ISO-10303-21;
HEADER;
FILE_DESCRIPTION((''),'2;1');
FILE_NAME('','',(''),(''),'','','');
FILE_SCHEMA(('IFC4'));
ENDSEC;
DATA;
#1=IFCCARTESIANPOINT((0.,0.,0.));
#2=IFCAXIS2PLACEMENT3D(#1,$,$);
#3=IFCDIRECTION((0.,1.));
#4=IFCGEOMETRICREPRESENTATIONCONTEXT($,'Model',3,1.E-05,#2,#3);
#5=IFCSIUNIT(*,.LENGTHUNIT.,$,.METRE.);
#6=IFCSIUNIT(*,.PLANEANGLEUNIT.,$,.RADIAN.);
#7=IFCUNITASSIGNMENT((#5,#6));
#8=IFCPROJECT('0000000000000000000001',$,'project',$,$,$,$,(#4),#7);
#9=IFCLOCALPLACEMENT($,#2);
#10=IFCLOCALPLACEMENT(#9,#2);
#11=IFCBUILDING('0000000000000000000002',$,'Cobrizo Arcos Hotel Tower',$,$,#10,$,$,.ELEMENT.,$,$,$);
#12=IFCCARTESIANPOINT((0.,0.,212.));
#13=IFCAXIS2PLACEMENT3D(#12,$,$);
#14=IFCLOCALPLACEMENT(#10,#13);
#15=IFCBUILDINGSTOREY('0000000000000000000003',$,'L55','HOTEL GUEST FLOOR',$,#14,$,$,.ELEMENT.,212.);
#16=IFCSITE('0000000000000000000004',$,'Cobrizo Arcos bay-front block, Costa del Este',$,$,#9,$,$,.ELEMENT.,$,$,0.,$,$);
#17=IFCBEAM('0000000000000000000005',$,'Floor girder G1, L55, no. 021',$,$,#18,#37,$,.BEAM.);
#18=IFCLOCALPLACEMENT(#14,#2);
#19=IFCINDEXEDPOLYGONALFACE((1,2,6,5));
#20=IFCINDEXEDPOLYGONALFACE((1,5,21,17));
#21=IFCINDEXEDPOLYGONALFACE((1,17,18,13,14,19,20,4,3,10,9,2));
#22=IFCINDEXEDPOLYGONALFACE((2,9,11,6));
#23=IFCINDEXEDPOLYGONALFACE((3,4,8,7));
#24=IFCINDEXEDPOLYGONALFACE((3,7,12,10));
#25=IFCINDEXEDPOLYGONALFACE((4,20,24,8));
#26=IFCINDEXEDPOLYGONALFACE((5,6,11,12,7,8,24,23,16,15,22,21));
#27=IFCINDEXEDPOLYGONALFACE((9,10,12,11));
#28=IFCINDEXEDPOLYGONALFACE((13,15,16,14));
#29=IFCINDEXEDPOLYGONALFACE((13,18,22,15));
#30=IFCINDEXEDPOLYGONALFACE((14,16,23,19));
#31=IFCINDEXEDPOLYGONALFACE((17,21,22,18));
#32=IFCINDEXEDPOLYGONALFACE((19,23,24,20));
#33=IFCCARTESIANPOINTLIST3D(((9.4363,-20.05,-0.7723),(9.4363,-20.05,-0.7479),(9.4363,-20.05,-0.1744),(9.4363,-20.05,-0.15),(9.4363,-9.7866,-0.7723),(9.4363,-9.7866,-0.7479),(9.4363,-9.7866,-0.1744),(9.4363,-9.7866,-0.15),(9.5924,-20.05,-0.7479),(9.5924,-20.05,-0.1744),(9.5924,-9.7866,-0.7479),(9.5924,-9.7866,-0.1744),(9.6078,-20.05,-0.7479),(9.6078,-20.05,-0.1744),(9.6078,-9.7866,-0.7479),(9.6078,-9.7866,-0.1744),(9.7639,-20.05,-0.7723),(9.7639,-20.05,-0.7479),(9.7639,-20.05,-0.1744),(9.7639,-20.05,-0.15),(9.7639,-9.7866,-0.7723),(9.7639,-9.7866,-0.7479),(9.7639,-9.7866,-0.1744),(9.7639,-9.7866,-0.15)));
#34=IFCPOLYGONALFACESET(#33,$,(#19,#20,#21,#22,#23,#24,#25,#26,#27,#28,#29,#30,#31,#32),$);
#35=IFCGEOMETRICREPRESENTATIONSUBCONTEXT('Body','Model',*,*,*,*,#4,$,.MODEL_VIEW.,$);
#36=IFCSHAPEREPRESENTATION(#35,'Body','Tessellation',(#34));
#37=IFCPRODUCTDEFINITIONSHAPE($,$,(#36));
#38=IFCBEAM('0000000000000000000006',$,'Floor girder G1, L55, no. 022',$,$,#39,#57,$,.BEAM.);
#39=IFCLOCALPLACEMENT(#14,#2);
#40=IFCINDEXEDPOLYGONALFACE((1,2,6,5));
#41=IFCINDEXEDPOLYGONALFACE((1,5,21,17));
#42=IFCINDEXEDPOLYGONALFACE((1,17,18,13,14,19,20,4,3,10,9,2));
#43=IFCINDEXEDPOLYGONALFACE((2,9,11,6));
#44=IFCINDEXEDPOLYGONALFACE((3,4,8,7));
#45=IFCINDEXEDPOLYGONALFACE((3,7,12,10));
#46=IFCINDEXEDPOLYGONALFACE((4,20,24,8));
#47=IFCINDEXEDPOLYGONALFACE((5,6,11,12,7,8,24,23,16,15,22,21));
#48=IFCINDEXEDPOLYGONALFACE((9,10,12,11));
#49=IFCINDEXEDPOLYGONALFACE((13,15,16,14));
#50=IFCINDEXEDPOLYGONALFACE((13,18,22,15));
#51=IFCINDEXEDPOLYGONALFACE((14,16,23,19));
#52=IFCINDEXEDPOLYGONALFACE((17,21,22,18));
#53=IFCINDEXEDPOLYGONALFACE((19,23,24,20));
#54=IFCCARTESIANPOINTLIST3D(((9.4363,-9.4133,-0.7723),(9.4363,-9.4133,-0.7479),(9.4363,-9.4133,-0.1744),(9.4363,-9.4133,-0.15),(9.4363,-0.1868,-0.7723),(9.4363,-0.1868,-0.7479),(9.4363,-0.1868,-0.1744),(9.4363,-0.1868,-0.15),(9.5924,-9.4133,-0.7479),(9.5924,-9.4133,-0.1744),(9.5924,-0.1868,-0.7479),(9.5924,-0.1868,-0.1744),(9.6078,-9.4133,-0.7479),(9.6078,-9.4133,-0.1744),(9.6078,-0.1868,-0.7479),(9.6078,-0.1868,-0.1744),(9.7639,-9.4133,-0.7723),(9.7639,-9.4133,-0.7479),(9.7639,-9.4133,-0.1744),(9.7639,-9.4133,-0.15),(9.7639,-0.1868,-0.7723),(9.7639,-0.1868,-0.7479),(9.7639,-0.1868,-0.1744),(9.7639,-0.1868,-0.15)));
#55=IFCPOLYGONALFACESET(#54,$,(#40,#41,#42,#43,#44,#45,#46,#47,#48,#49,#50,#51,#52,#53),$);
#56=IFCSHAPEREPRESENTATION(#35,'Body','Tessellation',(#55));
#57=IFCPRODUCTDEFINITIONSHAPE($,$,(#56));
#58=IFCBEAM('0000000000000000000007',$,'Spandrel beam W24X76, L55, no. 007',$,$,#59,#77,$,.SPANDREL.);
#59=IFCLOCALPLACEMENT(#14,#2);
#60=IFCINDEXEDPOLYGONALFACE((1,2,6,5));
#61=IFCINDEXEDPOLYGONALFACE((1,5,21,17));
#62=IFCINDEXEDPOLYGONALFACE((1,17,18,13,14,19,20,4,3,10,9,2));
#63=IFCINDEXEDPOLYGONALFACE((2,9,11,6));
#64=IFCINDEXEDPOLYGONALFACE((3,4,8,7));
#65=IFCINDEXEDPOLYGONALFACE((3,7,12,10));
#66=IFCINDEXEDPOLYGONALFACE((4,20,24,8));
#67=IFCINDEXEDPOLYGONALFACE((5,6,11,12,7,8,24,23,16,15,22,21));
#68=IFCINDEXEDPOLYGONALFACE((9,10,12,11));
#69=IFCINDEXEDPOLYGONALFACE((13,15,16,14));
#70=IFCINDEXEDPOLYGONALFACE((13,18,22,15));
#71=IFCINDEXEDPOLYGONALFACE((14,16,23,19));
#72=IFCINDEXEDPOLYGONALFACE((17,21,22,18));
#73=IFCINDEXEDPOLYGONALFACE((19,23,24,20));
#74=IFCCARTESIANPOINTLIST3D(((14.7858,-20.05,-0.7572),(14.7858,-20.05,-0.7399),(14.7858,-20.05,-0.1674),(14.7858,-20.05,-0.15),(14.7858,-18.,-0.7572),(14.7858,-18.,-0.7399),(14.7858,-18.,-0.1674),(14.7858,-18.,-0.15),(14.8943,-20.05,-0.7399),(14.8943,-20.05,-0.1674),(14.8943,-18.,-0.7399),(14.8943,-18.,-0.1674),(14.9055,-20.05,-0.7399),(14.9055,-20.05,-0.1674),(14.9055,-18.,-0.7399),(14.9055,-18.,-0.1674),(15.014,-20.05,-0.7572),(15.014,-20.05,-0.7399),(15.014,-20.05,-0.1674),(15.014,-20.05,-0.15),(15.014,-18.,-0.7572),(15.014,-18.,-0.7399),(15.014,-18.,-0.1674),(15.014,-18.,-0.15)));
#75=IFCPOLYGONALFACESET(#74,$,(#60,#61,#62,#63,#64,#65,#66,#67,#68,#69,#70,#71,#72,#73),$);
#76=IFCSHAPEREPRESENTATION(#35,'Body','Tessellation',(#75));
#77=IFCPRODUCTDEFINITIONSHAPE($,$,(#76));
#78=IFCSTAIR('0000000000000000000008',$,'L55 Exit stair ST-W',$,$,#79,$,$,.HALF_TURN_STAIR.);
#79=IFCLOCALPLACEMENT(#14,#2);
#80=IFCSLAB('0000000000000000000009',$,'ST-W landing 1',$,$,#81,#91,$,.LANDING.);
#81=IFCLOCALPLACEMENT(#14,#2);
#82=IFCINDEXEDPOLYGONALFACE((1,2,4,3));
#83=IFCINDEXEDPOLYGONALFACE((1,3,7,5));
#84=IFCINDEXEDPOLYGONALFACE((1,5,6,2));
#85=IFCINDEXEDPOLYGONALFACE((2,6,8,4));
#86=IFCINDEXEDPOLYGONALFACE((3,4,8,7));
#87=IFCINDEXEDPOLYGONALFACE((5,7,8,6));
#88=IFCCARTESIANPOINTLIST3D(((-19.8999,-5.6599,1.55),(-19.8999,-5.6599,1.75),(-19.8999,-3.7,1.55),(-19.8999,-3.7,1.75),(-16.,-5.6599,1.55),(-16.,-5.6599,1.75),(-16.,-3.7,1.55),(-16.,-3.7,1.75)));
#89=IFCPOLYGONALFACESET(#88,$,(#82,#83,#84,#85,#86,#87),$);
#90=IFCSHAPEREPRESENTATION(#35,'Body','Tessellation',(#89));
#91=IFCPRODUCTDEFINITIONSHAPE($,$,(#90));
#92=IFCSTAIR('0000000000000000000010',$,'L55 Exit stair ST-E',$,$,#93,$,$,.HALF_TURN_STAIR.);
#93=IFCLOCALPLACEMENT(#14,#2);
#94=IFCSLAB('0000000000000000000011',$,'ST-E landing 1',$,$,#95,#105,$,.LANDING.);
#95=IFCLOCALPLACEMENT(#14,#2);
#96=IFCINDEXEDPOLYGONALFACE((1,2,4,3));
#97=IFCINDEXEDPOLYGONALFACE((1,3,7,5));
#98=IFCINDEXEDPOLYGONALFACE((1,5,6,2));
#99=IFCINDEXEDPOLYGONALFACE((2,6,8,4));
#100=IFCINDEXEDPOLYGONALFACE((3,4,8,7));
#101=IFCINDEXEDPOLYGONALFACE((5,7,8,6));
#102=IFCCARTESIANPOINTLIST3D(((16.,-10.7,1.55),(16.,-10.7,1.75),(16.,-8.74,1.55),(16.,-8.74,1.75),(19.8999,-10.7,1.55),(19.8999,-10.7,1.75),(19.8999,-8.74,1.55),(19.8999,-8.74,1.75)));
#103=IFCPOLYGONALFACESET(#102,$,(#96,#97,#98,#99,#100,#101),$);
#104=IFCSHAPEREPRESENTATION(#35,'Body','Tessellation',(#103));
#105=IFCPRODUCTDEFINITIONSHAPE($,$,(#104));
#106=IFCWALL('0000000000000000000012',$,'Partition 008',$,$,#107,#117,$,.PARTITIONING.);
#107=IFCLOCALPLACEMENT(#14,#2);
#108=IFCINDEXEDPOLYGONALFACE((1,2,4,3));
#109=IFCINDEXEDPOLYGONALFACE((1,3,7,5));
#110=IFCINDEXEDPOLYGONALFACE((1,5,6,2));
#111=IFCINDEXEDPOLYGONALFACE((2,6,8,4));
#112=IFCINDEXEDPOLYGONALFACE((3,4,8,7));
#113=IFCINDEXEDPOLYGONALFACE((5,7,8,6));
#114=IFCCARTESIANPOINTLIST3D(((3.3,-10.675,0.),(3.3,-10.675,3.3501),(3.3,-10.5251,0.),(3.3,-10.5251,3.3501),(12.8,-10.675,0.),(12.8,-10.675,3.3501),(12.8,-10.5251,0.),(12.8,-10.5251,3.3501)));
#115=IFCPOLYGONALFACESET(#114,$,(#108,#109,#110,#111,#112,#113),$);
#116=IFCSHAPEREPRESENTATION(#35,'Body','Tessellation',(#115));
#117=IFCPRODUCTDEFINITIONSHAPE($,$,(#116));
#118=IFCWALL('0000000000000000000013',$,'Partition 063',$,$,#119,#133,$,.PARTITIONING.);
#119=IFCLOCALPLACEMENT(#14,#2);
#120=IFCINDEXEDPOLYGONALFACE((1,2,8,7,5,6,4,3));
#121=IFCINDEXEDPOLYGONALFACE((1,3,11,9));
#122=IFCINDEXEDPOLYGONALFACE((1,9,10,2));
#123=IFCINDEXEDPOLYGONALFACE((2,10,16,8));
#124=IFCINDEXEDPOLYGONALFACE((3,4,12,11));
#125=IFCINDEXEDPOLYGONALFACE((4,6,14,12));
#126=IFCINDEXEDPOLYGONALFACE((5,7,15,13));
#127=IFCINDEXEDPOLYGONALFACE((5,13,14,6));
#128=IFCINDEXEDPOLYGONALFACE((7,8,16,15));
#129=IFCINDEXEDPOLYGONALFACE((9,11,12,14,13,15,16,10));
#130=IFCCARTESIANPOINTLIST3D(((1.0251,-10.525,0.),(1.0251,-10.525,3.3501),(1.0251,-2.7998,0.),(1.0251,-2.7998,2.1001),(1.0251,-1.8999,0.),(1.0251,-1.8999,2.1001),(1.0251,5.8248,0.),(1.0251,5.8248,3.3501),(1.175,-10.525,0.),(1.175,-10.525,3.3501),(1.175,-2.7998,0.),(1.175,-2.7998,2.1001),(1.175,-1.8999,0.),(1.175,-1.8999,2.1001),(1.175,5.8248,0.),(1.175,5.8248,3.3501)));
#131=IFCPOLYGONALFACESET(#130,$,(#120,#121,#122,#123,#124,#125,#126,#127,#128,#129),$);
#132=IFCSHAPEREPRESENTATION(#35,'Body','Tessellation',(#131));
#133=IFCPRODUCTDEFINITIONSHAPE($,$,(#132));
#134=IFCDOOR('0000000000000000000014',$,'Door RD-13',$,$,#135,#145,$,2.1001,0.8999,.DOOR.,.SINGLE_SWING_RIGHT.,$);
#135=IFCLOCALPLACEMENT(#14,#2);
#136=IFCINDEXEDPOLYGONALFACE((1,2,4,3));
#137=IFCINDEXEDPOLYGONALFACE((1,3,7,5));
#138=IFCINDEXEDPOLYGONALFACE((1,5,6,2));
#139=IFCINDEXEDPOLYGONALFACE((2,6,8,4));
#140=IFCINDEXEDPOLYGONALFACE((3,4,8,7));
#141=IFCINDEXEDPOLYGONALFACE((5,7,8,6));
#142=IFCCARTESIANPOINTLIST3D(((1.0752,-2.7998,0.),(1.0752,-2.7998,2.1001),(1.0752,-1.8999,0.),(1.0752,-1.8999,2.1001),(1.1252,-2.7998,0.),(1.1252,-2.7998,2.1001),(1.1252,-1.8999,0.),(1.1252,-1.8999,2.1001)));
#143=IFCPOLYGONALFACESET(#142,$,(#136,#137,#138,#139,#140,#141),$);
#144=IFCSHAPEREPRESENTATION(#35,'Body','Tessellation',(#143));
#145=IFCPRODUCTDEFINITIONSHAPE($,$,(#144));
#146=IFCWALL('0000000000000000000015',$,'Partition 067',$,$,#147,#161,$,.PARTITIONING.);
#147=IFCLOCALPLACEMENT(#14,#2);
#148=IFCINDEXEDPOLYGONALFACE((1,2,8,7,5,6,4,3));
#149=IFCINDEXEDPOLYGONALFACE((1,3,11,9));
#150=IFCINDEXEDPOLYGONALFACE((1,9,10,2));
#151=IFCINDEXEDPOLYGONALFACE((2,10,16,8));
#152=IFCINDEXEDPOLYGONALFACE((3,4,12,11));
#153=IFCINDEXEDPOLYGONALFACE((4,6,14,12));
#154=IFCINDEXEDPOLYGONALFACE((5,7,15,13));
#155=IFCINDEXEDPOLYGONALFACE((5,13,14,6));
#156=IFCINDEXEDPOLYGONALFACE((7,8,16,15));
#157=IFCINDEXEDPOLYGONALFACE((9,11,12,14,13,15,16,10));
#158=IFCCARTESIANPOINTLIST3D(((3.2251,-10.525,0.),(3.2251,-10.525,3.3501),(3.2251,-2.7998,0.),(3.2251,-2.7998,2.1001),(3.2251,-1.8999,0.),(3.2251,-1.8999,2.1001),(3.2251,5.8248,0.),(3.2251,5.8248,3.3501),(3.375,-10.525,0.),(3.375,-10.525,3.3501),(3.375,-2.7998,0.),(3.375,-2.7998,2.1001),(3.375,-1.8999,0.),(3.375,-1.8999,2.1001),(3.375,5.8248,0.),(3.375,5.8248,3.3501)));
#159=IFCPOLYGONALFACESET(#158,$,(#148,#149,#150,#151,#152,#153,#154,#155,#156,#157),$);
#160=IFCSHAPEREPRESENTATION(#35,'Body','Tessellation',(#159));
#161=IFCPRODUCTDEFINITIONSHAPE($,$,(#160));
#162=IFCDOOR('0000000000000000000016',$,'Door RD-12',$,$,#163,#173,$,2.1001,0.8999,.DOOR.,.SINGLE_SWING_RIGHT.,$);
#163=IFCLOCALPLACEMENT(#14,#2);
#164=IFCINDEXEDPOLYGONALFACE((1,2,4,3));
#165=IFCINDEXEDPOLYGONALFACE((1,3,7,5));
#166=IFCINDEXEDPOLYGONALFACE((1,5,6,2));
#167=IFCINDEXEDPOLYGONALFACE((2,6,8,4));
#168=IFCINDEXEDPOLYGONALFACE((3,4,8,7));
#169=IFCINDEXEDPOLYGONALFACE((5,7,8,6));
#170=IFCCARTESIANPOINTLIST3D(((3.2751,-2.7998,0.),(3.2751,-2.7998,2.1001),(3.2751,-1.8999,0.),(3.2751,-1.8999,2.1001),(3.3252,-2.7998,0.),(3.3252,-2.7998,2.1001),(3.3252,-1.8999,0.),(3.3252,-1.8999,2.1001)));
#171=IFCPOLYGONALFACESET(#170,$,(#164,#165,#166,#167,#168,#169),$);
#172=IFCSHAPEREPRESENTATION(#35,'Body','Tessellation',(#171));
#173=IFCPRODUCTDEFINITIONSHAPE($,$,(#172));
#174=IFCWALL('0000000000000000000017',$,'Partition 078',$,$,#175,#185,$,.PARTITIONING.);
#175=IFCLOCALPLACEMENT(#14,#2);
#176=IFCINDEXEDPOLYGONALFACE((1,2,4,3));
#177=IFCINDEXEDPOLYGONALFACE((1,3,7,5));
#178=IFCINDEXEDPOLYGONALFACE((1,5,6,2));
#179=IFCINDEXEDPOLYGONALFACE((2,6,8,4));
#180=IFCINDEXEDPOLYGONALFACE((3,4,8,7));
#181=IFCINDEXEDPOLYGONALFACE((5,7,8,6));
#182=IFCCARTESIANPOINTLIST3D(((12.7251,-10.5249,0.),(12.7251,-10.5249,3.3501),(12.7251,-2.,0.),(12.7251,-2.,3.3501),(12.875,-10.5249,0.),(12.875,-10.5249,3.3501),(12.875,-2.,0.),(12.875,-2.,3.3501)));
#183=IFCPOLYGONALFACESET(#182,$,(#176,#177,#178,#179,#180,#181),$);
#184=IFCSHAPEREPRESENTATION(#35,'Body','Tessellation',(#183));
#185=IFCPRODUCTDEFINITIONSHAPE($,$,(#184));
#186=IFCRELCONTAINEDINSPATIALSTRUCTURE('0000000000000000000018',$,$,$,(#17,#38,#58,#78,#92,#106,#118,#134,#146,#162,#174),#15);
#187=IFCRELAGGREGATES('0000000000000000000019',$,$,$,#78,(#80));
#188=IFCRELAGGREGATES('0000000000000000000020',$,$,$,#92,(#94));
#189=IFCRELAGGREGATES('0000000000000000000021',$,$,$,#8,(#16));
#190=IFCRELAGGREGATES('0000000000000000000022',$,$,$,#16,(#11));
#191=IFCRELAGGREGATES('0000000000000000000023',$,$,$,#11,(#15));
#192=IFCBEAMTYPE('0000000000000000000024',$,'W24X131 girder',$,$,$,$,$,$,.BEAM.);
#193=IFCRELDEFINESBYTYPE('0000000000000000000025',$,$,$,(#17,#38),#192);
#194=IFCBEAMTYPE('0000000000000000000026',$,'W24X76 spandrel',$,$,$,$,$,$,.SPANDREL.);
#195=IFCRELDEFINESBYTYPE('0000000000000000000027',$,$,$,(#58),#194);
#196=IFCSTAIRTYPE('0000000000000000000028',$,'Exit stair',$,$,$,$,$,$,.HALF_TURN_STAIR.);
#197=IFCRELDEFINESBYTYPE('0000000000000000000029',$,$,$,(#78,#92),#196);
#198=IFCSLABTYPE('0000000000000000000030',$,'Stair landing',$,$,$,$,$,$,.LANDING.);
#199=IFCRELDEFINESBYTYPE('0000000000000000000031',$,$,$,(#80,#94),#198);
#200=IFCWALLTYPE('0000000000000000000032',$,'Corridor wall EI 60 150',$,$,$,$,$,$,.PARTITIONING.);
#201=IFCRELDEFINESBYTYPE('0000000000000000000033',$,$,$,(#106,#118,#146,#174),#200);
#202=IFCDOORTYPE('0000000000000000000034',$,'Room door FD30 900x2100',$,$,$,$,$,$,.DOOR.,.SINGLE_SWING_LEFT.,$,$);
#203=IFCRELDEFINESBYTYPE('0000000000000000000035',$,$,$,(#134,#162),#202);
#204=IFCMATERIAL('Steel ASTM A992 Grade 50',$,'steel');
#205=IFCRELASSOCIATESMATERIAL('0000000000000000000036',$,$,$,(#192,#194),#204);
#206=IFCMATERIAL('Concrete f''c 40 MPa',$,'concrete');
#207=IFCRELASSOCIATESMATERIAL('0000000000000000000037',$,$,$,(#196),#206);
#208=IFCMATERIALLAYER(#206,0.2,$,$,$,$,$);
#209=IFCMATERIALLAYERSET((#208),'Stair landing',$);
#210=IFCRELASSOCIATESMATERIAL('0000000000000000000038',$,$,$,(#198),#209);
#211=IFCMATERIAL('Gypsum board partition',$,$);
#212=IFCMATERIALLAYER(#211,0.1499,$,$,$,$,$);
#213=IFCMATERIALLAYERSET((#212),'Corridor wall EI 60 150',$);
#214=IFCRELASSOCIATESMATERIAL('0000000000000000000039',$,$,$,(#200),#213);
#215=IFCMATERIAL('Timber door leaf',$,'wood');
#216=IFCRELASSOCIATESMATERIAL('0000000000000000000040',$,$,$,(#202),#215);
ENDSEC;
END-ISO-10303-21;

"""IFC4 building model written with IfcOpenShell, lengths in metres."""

from ifc_helpers import new_model, si_unit, direction, frame, frame_2d, origin, origin_2d, place, context, subcontext, project, spatial, polyline, rectangle, i_section, outline, extrude, material, layer, layer_set, material_profile, profile_set, type_object, element, fill, aggregate, save


model = new_model("IFC4")

# Units and contexts
model_context = context("Model", 3, precision=1e-05, world=origin(), true_north=direction((0.0, 1.0)))
body_context = subcontext(model_context, "Body", "Model", "MODEL_VIEW")
ifc_project = project(units=[si_unit("LENGTHUNIT", "METRE"), si_unit("PLANEANGLEUNIT", "RADIAN")], contexts=[model_context])

# Site, building, storey
site_placement = place(None, origin())
site = spatial("IfcSite", under=ifc_project, at=site_placement, Name="Cobrizo Arcos bay-front block, Costa del Este", CompositionType="ELEMENT", RefElevation=0.0)
building_placement = place(site_placement, origin())
building = spatial("IfcBuilding", under=site, at=building_placement, Name="Cobrizo Arcos Hotel Tower", CompositionType="ELEMENT")
storey_placement = place(building_placement, frame((0.0, 0.0, 212.0)))
storey = spatial("IfcBuildingStorey", under=building, at=storey_placement, Name="L55", Description="HOTEL GUEST FLOOR", CompositionType="ELEMENT", Elevation=212.0)

# Shared definitions
ifc_material_1 = material(Name="Steel ASTM A992 Grade 50", Category="steel")

# Beams
ifc_material_profile_1 = material_profile(ifc_material_1, i_section(OverallWidth=0.3276, OverallDepth=0.6223, WebThickness=0.0154, FlangeThickness=0.0244, at=origin_2d()), Name="W24X131")
ifc_profile_set_1 = profile_set([ifc_material_profile_1], Name="Steel ASTM A992 Grade 50")
beam_type_1 = type_object("IfcBeamType", Name="W24X131 girder", PredefinedType="BEAM", material=ifc_profile_set_1)
beam_1_placement = place(storey_placement, frame((9.6001, -20.05, -0.4612), z_axis=(0.0, 1.0, 0.0), x_axis=(-1.0, 0.0, 0.0)))
element("IfcBeam", 1, at=beam_1_placement, inside=storey, type_object=beam_type_1, Name="Floor girder G1, L55, no. 021", PredefinedType="BEAM", context=body_context, shape_type="SweptSolid", body=[
    extrude(i_section(OverallWidth=0.3276, OverallDepth=0.6223, WebThickness=0.0154, FlangeThickness=0.0244, at=origin_2d()), origin(), (0.0, 0.0, 1.0), 10.2634),
])
beam_2_placement = place(storey_placement, frame((9.6001, -9.4133, -0.4612), z_axis=(0.0, 1.0, 0.0), x_axis=(-1.0, 0.0, 0.0)))
element("IfcBeam", 2, at=beam_2_placement, inside=storey, type_object=beam_type_1, Name="Floor girder G1, L55, no. 022", PredefinedType="BEAM", context=body_context, shape_type="SweptSolid", body=[
    extrude(i_section(OverallWidth=0.3276, OverallDepth=0.6223, WebThickness=0.0154, FlangeThickness=0.0244, at=origin_2d()), origin(), (0.0, 0.0, 1.0), 9.2266),
])
ifc_material_profile_2 = material_profile(ifc_material_1, i_section(OverallWidth=0.2283, OverallDepth=0.6072, WebThickness=0.0112, FlangeThickness=0.0173, at=origin_2d()), Name="W24X76")
ifc_profile_set_2 = profile_set([ifc_material_profile_2], Name="Steel ASTM A992 Grade 50")
beam_type_2 = type_object("IfcBeamType", Name="W24X76 spandrel", PredefinedType="SPANDREL", material=ifc_profile_set_2)
beam_3_placement = place(storey_placement, frame((14.8999, -20.05, -0.4536), z_axis=(0.0, 1.0, 0.0), x_axis=(-1.0, 0.0, 0.0)))
element("IfcBeam", 3, at=beam_3_placement, inside=storey, type_object=beam_type_2, Name="Spandrel beam W24X76, L55, no. 007", PredefinedType="SPANDREL", context=body_context, shape_type="SweptSolid", body=[
    extrude(i_section(OverallWidth=0.2283, OverallDepth=0.6072, WebThickness=0.0112, FlangeThickness=0.0173, at=origin_2d()), origin(), (0.0, 0.0, 1.0), 2.05),
])

# Stairs, slabs
ifc_material_2 = material(Name="Concrete f'c 40 MPa", Category="concrete")
stair_type = type_object("IfcStairType", Name="Exit stair", PredefinedType="HALF_TURN_STAIR", material=ifc_material_2)
stair_1_placement = place(storey_placement, origin())
stair_1 = element("IfcStair", 4, at=stair_1_placement, inside=storey, type_object=stair_type, Name="L55 Exit stair ST-W", PredefinedType="HALF_TURN_STAIR")
ifc_layer_1 = layer(ifc_material_2, 0.2)
ifc_layer_set_1 = layer_set([ifc_layer_1], Name="Stair landing")
slab_type = type_object("IfcSlabType", Name="Stair landing", PredefinedType="LANDING", material=ifc_layer_set_1)
slab_1_placement = place(storey_placement, frame((0.0, 0.0, 1.55)))
slab_1 = element("IfcSlab", 5, at=slab_1_placement, type_object=slab_type, Name="ST-W landing 1", PredefinedType="LANDING", context=body_context, shape_type="SweptSolid", body=[
    extrude(outline(polyline([(-16.0, -5.6599), (-16.0, -3.7), (-19.8999, -3.7), (-19.8999, -5.6599), (-16.0, -5.6599)])), origin(), (0.0, 0.0, 1.0), 0.2),
])
aggregate(stair_1, [slab_1])
stair_2_placement = place(storey_placement, origin())
stair_2 = element("IfcStair", 6, at=stair_2_placement, inside=storey, type_object=stair_type, Name="L55 Exit stair ST-E", PredefinedType="HALF_TURN_STAIR")
slab_2_placement = place(storey_placement, frame((0.0, 0.0, 1.55)))
slab_2 = element("IfcSlab", 7, at=slab_2_placement, type_object=slab_type, Name="ST-E landing 1", PredefinedType="LANDING", context=body_context, shape_type="SweptSolid", body=[
    extrude(outline(polyline([(16.0, -8.74), (16.0, -10.7), (19.8999, -10.7), (19.8999, -8.74), (16.0, -8.74)])), origin(), (0.0, 0.0, 1.0), 0.2),
])
aggregate(stair_2, [slab_2])

# Wall
ifc_material_3 = material(Name="Gypsum board partition")
ifc_layer_2 = layer(ifc_material_3, 0.1499)
ifc_layer_set_2 = layer_set([ifc_layer_2], Name="Corridor wall EI 60 150")
wall_type_1 = type_object("IfcWallType", Name="Corridor wall EI 60 150", PredefinedType="PARTITIONING", material=ifc_layer_set_2)
wall_1_placement = place(storey_placement, frame((3.3, -10.6001, 0.0), z_axis=(0.0, 0.0, 1.0), x_axis=(1.0, 0.0, 0.0)))
element("IfcWall", 8, at=wall_1_placement, inside=storey, type_object=wall_type_1, Name="Partition 008", PredefinedType="PARTITIONING", context=body_context, shape_type="SweptSolid", body=[
    extrude(rectangle(XDim=9.5, YDim=0.1499, at=frame_2d((4.75, 0.0))), origin(), (0.0, 0.0, 1.0), 3.3501),
])

# Walls, openings, doors
wall_2_placement = place(storey_placement, frame((1.1001, -10.5249, 0.0), z_axis=(0.0, 0.0, 1.0), x_axis=(0.0, 1.0, 0.0)))
wall_2 = element("IfcWall", 9, at=wall_2_placement, inside=storey, type_object=wall_type_1, Name="Partition 063", PredefinedType="PARTITIONING", context=body_context, shape_type="SweptSolid", body=[
    extrude(rectangle(XDim=16.3499, YDim=0.1499, at=frame_2d((8.1748, 0.0))), origin(), (0.0, 0.0, 1.0), 3.3501),
])
opening_1_placement = place(wall_2_placement, frame((7.7251, 0.0, 0.0)))
opening_1 = element("IfcOpeningElement", 10, at=opening_1_placement, cuts=wall_2, PredefinedType="OPENING", context=body_context, shape_type="SweptSolid", body=[
    extrude(rectangle(XDim=0.8999, YDim=2.1001, at=frame_2d((0.45, 1.05))), frame((0.0, 0.0869, 0.0), z_axis=(0.0, -1.0, 0.0), x_axis=(1.0, 0.0, 0.0)), (0.0, 0.0, 1.0), 0.1738),
])
ifc_material_4 = material(Name="Timber door leaf", Category="wood")
door_type_1 = type_object("IfcDoorType", Name="Room door FD30 900x2100", OperationType="SINGLE_SWING_LEFT", PredefinedType="DOOR", material=ifc_material_4)
door_1_placement = place(opening_1_placement, origin())
door_1 = element("IfcDoor", 11, at=door_1_placement, inside=storey, type_object=door_type_1, Name="Door RD-13", OperationType="SINGLE_SWING_RIGHT", OverallHeight=2.1001, OverallWidth=0.8999, PredefinedType="DOOR", context=body_context, shape_type="SweptSolid", body=[
    extrude(rectangle(XDim=0.8999, YDim=2.1001, at=frame_2d((0.45, 1.05))), frame((0.0, 0.0249, 0.0), z_axis=(0.0, -1.0, 0.0), x_axis=(1.0, 0.0, 0.0)), (0.0, 0.0, 1.0), 0.05),
])
fill(opening_1, door_1)
wall_3_placement = place(storey_placement, frame((3.3, -10.5249, 0.0), z_axis=(0.0, 0.0, 1.0), x_axis=(0.0, 1.0, 0.0)))
wall_3 = element("IfcWall", 12, at=wall_3_placement, inside=storey, type_object=wall_type_1, Name="Partition 067", PredefinedType="PARTITIONING", context=body_context, shape_type="SweptSolid", body=[
    extrude(rectangle(XDim=16.3499, YDim=0.1499, at=frame_2d((8.1748, 0.0))), origin(), (0.0, 0.0, 1.0), 3.3501),
])
opening_2_placement = place(wall_3_placement, frame((7.7251, 0.0, 0.0)))
opening_2 = element("IfcOpeningElement", 13, at=opening_2_placement, cuts=wall_3, PredefinedType="OPENING", context=body_context, shape_type="SweptSolid", body=[
    extrude(rectangle(XDim=0.8999, YDim=2.1001, at=frame_2d((0.45, 1.05))), frame((0.0, 0.0869, 0.0), z_axis=(0.0, -1.0, 0.0), x_axis=(1.0, 0.0, 0.0)), (0.0, 0.0, 1.0), 0.1738),
])
door_2_placement = place(opening_2_placement, origin())
door_2 = element("IfcDoor", 14, at=door_2_placement, inside=storey, type_object=door_type_1, Name="Door RD-12", OperationType="SINGLE_SWING_RIGHT", OverallHeight=2.1001, OverallWidth=0.8999, PredefinedType="DOOR", context=body_context, shape_type="SweptSolid", body=[
    extrude(rectangle(XDim=0.8999, YDim=2.1001, at=frame_2d((0.45, 1.05))), frame((0.0, 0.0249, 0.0), z_axis=(0.0, -1.0, 0.0), x_axis=(1.0, 0.0, 0.0)), (0.0, 0.0, 1.0), 0.05),
])
fill(opening_2, door_2)

# Wall
wall_4_placement = place(storey_placement, frame((12.8, -10.5249, 0.0), z_axis=(0.0, 0.0, 1.0), x_axis=(0.0, 1.0, 0.0)))
element("IfcWall", 15, at=wall_4_placement, inside=storey, type_object=wall_type_1, Name="Partition 078", PredefinedType="PARTITIONING", context=body_context, shape_type="SweptSolid", body=[
    extrude(rectangle(XDim=8.5249, YDim=0.1499, at=frame_2d((4.2625, 0.0))), origin(), (0.0, 0.0, 1.0), 3.3501),
])

save(model, "model.ifc")
